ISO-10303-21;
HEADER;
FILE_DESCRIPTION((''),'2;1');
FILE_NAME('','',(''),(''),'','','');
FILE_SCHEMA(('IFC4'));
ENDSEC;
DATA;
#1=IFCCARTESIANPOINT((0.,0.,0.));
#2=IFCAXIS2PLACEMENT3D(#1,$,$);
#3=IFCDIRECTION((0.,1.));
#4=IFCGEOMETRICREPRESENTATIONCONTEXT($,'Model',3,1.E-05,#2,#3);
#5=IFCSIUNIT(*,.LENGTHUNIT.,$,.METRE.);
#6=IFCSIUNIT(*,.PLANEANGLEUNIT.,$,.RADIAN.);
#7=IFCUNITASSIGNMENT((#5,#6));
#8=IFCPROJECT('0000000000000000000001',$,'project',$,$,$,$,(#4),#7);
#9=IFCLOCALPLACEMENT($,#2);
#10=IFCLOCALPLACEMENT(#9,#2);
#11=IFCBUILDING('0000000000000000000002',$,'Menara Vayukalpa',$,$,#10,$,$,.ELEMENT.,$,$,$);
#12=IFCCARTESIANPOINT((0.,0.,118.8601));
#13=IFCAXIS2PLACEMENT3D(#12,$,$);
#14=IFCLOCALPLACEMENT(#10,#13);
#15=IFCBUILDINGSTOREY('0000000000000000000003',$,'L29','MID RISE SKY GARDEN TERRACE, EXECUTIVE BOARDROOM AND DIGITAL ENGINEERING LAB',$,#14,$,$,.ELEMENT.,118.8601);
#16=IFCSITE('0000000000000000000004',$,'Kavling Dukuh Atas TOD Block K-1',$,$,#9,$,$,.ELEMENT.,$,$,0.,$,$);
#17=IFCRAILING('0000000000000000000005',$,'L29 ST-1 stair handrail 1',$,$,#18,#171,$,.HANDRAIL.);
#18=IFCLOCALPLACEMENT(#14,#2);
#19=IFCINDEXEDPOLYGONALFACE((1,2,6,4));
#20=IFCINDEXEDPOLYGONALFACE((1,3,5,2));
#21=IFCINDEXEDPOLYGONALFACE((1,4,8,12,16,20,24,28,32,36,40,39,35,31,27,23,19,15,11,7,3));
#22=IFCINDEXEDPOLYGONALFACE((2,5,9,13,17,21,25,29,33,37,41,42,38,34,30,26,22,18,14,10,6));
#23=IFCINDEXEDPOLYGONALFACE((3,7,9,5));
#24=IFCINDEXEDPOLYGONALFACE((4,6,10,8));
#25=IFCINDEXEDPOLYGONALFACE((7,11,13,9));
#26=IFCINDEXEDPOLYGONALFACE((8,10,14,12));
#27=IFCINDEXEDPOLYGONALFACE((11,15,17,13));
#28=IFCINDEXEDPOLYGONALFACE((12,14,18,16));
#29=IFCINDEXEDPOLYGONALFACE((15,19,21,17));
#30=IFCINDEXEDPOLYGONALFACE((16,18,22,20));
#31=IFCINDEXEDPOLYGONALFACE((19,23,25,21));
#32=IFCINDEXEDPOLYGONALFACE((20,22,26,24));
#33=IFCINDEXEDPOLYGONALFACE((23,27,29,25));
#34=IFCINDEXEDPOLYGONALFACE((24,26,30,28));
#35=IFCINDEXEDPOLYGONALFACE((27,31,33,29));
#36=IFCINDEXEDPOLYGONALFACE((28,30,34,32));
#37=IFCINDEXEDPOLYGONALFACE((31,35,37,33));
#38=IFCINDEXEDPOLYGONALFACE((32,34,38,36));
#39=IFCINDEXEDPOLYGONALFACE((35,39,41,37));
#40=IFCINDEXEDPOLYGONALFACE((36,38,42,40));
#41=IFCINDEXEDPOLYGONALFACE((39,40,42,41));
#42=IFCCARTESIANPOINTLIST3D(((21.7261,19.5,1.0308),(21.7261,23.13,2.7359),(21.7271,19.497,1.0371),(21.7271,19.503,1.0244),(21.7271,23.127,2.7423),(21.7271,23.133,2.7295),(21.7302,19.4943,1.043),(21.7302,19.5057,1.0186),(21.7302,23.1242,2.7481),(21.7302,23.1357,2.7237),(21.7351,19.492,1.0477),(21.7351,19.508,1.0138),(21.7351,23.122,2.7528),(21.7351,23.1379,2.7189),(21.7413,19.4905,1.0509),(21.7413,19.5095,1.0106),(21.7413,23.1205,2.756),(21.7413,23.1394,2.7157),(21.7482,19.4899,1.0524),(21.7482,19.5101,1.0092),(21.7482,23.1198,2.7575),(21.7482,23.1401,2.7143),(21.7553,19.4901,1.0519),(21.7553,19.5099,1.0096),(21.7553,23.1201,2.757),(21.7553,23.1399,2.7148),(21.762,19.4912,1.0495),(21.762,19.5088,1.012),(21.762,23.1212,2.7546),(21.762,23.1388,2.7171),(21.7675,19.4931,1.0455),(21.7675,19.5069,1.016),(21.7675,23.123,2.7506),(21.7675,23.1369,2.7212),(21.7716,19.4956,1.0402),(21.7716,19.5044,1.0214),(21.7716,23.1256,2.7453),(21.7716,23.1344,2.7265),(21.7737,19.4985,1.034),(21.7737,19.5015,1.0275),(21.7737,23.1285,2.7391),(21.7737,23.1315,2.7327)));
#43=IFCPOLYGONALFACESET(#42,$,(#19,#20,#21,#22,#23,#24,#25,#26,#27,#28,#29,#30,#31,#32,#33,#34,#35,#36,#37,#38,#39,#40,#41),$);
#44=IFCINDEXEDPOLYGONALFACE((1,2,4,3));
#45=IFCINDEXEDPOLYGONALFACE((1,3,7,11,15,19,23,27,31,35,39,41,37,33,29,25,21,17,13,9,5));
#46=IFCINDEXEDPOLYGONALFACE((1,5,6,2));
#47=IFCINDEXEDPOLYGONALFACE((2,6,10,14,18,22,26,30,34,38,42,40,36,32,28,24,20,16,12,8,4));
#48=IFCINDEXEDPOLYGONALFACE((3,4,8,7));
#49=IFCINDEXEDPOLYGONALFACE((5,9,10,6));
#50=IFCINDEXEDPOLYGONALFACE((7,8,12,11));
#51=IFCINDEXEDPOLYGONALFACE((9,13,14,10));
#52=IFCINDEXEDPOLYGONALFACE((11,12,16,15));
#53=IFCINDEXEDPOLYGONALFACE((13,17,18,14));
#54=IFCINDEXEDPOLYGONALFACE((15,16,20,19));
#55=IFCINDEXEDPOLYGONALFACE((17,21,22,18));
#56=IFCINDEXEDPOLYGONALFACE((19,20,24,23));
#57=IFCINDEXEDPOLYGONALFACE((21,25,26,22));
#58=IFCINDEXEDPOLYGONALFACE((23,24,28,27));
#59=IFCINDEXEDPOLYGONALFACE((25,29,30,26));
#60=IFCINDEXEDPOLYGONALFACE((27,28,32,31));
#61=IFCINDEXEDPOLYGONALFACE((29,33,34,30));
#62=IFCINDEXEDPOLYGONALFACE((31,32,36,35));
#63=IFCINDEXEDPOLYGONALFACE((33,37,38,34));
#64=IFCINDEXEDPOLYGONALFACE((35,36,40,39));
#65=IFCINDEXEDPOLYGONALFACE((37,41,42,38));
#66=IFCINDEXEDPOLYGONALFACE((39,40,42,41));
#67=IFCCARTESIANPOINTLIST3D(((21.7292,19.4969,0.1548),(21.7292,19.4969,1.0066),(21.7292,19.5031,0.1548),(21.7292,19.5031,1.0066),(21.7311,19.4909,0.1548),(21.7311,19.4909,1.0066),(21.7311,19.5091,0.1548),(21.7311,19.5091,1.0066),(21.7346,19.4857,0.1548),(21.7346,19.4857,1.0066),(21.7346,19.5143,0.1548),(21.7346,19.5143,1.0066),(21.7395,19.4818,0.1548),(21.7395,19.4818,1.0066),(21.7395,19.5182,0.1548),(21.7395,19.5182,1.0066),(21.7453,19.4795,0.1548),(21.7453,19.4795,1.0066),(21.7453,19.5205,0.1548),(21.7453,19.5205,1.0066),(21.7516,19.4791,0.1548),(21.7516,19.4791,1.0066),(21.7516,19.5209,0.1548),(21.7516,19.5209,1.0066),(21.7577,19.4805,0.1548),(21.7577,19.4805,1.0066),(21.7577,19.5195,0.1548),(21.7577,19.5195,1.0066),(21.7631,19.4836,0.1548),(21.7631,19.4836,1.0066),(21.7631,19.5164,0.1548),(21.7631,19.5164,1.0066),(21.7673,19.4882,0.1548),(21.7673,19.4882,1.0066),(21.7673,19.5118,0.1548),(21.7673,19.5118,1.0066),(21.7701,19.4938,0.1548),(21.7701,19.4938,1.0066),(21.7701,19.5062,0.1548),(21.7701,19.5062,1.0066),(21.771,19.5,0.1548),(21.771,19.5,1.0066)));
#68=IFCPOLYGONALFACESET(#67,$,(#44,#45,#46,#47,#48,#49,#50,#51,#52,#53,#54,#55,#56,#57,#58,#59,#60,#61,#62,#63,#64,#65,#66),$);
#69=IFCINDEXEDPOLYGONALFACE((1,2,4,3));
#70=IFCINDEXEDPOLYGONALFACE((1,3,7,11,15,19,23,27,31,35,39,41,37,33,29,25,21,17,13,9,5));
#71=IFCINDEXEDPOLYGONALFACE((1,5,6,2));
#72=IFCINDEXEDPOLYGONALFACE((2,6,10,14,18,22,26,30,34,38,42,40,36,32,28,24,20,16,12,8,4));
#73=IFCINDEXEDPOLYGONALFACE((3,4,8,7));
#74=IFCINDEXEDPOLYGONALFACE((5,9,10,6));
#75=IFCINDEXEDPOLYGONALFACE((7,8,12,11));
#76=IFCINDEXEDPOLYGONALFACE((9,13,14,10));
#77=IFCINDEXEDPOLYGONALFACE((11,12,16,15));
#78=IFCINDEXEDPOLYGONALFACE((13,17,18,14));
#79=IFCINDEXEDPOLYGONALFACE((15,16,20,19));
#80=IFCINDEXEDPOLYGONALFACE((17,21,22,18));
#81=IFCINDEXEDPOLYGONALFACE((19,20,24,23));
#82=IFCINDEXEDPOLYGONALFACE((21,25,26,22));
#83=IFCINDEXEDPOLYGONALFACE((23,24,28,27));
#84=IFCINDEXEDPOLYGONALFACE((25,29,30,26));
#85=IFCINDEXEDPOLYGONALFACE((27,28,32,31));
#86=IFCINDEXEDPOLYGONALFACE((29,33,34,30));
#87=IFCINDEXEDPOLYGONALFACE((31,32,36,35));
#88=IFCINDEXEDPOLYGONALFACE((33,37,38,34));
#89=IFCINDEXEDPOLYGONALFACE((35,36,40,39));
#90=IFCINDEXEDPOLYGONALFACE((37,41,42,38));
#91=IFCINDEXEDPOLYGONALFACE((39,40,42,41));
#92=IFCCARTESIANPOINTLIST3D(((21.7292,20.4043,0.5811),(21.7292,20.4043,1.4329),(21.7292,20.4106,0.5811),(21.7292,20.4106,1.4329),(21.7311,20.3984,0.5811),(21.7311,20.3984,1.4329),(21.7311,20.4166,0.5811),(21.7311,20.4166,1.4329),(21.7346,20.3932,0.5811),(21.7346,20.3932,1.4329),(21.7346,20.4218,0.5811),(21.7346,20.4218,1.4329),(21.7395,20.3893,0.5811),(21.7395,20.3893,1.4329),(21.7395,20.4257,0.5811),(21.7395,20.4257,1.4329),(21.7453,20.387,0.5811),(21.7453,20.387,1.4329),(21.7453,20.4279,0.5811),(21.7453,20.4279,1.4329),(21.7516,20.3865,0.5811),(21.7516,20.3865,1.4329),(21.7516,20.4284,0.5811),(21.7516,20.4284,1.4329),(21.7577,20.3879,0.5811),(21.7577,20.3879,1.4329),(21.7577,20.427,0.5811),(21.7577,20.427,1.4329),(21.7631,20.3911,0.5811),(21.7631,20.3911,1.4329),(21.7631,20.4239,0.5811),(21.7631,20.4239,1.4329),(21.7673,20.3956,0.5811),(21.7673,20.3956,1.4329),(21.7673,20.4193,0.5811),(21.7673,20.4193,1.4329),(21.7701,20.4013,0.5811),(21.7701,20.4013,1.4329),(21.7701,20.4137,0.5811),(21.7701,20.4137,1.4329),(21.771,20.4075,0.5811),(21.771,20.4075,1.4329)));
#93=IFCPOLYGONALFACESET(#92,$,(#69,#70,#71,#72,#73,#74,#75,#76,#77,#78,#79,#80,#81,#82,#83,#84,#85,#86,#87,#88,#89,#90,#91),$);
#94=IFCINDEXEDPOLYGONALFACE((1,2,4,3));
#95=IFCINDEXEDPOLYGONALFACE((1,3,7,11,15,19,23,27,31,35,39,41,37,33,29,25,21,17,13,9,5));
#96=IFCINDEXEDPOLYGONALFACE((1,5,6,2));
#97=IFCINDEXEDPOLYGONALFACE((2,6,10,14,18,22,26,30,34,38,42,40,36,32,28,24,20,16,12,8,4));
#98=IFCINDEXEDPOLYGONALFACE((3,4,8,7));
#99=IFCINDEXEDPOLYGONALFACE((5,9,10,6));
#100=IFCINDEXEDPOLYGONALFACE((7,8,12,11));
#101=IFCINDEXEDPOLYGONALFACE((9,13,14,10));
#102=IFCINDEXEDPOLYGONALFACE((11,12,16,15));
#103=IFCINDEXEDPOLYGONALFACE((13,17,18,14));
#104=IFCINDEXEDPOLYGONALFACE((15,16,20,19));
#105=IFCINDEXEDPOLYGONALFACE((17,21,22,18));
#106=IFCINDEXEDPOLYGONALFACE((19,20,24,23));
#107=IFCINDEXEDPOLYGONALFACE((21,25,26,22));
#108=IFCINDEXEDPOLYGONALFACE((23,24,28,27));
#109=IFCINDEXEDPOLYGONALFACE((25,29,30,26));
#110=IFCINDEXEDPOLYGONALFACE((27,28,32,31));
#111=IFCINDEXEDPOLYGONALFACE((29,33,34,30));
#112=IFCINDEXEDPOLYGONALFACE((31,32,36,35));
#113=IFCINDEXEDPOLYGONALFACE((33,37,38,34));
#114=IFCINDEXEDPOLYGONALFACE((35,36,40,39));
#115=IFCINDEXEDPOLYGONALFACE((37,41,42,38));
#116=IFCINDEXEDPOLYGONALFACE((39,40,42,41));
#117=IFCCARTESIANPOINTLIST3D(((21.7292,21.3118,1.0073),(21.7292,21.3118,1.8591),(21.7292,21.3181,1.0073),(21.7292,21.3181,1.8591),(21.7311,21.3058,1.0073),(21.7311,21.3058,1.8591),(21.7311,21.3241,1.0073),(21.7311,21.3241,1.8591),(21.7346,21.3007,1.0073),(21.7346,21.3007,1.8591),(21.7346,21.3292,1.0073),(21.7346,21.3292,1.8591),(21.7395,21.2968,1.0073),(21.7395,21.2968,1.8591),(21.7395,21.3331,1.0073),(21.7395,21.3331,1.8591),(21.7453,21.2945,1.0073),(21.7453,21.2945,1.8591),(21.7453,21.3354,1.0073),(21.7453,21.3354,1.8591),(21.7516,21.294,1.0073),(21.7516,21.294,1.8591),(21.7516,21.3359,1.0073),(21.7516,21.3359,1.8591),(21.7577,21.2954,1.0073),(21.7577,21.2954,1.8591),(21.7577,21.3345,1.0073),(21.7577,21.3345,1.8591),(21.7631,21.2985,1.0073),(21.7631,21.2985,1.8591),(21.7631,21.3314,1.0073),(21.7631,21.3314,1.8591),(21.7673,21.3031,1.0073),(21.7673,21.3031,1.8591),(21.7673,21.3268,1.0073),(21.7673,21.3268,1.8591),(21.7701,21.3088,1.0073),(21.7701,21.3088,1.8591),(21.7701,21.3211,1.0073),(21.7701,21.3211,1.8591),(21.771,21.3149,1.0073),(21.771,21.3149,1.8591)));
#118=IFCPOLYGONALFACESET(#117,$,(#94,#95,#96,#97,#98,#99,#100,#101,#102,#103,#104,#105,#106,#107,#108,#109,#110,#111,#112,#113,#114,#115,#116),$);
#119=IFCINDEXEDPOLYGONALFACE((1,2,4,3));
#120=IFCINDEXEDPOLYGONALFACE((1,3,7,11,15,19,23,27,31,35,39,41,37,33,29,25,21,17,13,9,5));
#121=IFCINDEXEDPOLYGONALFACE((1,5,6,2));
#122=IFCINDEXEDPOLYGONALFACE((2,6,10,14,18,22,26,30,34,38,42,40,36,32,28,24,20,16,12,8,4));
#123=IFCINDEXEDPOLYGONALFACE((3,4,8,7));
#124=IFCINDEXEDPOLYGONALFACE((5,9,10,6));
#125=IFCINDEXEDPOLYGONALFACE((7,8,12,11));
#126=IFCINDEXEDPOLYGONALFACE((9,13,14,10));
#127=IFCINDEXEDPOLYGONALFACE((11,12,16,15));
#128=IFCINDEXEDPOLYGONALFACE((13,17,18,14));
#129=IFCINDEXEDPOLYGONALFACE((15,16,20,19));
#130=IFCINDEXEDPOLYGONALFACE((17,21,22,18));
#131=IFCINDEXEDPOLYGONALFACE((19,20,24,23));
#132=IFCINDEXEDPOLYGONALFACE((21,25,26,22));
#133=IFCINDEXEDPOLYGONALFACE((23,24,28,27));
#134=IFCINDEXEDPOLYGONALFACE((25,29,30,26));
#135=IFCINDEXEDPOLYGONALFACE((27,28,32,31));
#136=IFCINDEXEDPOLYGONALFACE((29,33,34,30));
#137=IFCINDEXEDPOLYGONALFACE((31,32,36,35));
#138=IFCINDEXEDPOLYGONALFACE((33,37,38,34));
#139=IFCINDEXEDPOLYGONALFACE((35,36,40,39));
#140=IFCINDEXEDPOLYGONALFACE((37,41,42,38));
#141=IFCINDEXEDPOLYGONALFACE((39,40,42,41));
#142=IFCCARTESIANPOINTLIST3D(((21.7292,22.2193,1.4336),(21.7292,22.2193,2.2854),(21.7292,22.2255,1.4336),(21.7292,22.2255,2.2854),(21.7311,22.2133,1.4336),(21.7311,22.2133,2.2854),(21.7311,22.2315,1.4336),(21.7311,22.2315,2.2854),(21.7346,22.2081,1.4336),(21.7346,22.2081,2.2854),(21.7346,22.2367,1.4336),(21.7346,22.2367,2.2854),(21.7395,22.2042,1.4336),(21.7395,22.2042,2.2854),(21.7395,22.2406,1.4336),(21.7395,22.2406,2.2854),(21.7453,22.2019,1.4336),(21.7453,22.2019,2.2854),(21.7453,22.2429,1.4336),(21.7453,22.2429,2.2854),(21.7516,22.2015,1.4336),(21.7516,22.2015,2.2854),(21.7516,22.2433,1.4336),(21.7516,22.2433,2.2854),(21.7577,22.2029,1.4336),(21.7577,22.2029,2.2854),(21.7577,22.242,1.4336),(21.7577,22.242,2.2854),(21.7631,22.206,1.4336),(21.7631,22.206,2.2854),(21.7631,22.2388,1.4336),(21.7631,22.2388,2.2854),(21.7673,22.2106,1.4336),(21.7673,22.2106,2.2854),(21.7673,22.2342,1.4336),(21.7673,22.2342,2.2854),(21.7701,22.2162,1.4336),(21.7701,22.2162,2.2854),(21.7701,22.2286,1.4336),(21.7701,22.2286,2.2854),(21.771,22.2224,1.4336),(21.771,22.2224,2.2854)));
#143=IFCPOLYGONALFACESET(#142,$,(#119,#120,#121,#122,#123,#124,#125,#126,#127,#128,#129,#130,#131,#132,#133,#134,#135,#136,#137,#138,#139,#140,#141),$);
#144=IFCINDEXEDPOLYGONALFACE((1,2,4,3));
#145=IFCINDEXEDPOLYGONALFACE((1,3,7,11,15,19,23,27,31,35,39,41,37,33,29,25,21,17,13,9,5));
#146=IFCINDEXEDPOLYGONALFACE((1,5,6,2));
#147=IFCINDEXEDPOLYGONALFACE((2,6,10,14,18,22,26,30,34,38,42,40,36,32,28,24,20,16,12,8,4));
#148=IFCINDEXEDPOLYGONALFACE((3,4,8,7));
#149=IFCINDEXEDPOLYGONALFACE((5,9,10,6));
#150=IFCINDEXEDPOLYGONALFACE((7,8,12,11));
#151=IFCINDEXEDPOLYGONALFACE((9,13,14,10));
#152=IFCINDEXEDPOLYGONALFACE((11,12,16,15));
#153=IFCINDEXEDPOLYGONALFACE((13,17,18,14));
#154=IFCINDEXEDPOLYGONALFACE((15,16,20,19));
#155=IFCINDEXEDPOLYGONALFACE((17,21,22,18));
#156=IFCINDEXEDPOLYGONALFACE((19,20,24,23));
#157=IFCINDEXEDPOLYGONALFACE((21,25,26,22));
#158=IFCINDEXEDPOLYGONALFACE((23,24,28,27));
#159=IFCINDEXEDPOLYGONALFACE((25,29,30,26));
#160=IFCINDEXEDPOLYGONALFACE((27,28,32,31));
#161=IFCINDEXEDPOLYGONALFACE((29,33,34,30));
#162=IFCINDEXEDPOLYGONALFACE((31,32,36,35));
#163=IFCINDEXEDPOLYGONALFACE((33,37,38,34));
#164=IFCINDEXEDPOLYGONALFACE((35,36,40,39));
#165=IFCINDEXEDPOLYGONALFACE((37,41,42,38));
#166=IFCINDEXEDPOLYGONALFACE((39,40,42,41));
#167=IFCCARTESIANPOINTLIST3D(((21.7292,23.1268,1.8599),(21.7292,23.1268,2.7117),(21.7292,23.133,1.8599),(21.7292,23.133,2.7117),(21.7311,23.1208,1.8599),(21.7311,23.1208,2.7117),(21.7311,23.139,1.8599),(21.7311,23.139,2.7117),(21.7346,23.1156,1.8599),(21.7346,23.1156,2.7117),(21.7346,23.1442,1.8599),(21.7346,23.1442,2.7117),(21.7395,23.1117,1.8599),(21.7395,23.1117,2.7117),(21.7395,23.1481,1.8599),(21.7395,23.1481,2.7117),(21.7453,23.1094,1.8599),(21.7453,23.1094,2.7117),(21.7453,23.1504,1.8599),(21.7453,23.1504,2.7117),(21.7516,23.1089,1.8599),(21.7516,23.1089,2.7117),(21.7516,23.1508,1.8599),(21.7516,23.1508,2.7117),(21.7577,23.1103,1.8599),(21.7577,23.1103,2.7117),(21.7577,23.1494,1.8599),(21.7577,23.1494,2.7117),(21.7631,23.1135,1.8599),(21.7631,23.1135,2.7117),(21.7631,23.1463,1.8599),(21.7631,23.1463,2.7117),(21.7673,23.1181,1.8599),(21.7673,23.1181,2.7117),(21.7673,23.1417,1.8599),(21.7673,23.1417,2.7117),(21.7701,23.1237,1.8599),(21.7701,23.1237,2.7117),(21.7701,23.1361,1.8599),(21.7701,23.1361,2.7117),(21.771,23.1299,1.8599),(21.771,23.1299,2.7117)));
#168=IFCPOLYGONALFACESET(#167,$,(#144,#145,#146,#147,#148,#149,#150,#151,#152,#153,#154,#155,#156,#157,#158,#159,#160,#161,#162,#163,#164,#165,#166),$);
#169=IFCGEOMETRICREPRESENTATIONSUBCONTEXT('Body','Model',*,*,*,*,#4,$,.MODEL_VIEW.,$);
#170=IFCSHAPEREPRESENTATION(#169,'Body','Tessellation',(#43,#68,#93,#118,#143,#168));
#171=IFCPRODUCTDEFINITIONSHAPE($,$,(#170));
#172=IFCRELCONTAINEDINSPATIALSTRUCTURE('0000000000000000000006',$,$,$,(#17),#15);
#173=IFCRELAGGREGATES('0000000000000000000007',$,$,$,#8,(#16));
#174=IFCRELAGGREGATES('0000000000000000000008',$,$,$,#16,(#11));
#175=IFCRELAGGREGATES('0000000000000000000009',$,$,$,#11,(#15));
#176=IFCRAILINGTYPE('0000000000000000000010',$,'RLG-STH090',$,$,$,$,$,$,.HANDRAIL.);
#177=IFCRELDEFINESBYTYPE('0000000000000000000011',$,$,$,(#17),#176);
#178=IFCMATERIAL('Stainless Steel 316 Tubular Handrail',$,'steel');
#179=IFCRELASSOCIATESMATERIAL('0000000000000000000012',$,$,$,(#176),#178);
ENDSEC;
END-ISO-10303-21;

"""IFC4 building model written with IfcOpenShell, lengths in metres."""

from ifc_helpers import new_model, si_unit, direction, frame, origin, origin_2d, place, context, subcontext, project, spatial, circle, extrude, material, type_object, element, save


model = new_model("IFC4")

# Units and contexts
model_context = context("Model", 3, precision=1e-05, world=origin(), true_north=direction((0.0, 1.0)))
body_context = subcontext(model_context, "Body", "Model", "MODEL_VIEW")
ifc_project = project(units=[si_unit("LENGTHUNIT", "METRE"), si_unit("PLANEANGLEUNIT", "RADIAN")], contexts=[model_context])

# Site, building, storey
site_placement = place(None, origin())
site = spatial("IfcSite", under=ifc_project, at=site_placement, Name="Kavling Dukuh Atas TOD Block K-1", CompositionType="ELEMENT", RefElevation=0.0)
building_placement = place(site_placement, origin())
building = spatial("IfcBuilding", under=site, at=building_placement, Name="Menara Vayukalpa", CompositionType="ELEMENT")
storey_placement = place(building_placement, frame((0.0, 0.0, 118.8601)))
storey = spatial("IfcBuildingStorey", under=building, at=storey_placement, Name="L29", Description="MID RISE SKY GARDEN TERRACE, EXECUTIVE BOARDROOM AND DIGITAL ENGINEERING LAB", CompositionType="ELEMENT", Elevation=118.8601)

# Railing
ifc_material_1 = material(Name="Stainless Steel 316 Tubular Handrail", Category="steel")
railing_type_1 = type_object("IfcRailingType", Name="RLG-STH090", PredefinedType="HANDRAIL", material=ifc_material_1)
railing_1_placement = place(storey_placement, frame((21.75, 19.5, 0.1548)))
element("IfcRailing", 1, at=railing_1_placement, inside=storey, type_object=railing_type_1, Name="L29 ST-1 stair handrail 1", PredefinedType="HANDRAIL", context=body_context, shape_type="SweptSolid", body=[
    extrude(circle(Radius=0.0239, at=origin_2d()), frame((0.0, 0.0, 0.876), z_axis=(0.0, 0.905116, 0.425164), x_axis=(-1.0, 0.0, 0.0)), (0.0, 0.0, 1.0), 4.0105),
    extrude(circle(Radius=0.021, at=origin_2d()), origin(), (0.0, 0.0, 1.0), 0.8518),
    extrude(circle(Radius=0.021, at=origin_2d()), frame((0.0, 0.9075, 0.4263)), (0.0, 0.0, 1.0), 0.8518),
    extrude(circle(Radius=0.021, at=origin_2d()), frame((0.0, 1.8149, 0.8525)), (0.0, 0.0, 1.0), 0.8518),
    extrude(circle(Radius=0.021, at=origin_2d()), frame((0.0, 2.7224, 1.2788)), (0.0, 0.0, 1.0), 0.8518),
    extrude(circle(Radius=0.021, at=origin_2d()), frame((0.0, 3.6299, 1.7051)), (0.0, 0.0, 1.0), 0.8518),
])

save(model, "model.ifc")
